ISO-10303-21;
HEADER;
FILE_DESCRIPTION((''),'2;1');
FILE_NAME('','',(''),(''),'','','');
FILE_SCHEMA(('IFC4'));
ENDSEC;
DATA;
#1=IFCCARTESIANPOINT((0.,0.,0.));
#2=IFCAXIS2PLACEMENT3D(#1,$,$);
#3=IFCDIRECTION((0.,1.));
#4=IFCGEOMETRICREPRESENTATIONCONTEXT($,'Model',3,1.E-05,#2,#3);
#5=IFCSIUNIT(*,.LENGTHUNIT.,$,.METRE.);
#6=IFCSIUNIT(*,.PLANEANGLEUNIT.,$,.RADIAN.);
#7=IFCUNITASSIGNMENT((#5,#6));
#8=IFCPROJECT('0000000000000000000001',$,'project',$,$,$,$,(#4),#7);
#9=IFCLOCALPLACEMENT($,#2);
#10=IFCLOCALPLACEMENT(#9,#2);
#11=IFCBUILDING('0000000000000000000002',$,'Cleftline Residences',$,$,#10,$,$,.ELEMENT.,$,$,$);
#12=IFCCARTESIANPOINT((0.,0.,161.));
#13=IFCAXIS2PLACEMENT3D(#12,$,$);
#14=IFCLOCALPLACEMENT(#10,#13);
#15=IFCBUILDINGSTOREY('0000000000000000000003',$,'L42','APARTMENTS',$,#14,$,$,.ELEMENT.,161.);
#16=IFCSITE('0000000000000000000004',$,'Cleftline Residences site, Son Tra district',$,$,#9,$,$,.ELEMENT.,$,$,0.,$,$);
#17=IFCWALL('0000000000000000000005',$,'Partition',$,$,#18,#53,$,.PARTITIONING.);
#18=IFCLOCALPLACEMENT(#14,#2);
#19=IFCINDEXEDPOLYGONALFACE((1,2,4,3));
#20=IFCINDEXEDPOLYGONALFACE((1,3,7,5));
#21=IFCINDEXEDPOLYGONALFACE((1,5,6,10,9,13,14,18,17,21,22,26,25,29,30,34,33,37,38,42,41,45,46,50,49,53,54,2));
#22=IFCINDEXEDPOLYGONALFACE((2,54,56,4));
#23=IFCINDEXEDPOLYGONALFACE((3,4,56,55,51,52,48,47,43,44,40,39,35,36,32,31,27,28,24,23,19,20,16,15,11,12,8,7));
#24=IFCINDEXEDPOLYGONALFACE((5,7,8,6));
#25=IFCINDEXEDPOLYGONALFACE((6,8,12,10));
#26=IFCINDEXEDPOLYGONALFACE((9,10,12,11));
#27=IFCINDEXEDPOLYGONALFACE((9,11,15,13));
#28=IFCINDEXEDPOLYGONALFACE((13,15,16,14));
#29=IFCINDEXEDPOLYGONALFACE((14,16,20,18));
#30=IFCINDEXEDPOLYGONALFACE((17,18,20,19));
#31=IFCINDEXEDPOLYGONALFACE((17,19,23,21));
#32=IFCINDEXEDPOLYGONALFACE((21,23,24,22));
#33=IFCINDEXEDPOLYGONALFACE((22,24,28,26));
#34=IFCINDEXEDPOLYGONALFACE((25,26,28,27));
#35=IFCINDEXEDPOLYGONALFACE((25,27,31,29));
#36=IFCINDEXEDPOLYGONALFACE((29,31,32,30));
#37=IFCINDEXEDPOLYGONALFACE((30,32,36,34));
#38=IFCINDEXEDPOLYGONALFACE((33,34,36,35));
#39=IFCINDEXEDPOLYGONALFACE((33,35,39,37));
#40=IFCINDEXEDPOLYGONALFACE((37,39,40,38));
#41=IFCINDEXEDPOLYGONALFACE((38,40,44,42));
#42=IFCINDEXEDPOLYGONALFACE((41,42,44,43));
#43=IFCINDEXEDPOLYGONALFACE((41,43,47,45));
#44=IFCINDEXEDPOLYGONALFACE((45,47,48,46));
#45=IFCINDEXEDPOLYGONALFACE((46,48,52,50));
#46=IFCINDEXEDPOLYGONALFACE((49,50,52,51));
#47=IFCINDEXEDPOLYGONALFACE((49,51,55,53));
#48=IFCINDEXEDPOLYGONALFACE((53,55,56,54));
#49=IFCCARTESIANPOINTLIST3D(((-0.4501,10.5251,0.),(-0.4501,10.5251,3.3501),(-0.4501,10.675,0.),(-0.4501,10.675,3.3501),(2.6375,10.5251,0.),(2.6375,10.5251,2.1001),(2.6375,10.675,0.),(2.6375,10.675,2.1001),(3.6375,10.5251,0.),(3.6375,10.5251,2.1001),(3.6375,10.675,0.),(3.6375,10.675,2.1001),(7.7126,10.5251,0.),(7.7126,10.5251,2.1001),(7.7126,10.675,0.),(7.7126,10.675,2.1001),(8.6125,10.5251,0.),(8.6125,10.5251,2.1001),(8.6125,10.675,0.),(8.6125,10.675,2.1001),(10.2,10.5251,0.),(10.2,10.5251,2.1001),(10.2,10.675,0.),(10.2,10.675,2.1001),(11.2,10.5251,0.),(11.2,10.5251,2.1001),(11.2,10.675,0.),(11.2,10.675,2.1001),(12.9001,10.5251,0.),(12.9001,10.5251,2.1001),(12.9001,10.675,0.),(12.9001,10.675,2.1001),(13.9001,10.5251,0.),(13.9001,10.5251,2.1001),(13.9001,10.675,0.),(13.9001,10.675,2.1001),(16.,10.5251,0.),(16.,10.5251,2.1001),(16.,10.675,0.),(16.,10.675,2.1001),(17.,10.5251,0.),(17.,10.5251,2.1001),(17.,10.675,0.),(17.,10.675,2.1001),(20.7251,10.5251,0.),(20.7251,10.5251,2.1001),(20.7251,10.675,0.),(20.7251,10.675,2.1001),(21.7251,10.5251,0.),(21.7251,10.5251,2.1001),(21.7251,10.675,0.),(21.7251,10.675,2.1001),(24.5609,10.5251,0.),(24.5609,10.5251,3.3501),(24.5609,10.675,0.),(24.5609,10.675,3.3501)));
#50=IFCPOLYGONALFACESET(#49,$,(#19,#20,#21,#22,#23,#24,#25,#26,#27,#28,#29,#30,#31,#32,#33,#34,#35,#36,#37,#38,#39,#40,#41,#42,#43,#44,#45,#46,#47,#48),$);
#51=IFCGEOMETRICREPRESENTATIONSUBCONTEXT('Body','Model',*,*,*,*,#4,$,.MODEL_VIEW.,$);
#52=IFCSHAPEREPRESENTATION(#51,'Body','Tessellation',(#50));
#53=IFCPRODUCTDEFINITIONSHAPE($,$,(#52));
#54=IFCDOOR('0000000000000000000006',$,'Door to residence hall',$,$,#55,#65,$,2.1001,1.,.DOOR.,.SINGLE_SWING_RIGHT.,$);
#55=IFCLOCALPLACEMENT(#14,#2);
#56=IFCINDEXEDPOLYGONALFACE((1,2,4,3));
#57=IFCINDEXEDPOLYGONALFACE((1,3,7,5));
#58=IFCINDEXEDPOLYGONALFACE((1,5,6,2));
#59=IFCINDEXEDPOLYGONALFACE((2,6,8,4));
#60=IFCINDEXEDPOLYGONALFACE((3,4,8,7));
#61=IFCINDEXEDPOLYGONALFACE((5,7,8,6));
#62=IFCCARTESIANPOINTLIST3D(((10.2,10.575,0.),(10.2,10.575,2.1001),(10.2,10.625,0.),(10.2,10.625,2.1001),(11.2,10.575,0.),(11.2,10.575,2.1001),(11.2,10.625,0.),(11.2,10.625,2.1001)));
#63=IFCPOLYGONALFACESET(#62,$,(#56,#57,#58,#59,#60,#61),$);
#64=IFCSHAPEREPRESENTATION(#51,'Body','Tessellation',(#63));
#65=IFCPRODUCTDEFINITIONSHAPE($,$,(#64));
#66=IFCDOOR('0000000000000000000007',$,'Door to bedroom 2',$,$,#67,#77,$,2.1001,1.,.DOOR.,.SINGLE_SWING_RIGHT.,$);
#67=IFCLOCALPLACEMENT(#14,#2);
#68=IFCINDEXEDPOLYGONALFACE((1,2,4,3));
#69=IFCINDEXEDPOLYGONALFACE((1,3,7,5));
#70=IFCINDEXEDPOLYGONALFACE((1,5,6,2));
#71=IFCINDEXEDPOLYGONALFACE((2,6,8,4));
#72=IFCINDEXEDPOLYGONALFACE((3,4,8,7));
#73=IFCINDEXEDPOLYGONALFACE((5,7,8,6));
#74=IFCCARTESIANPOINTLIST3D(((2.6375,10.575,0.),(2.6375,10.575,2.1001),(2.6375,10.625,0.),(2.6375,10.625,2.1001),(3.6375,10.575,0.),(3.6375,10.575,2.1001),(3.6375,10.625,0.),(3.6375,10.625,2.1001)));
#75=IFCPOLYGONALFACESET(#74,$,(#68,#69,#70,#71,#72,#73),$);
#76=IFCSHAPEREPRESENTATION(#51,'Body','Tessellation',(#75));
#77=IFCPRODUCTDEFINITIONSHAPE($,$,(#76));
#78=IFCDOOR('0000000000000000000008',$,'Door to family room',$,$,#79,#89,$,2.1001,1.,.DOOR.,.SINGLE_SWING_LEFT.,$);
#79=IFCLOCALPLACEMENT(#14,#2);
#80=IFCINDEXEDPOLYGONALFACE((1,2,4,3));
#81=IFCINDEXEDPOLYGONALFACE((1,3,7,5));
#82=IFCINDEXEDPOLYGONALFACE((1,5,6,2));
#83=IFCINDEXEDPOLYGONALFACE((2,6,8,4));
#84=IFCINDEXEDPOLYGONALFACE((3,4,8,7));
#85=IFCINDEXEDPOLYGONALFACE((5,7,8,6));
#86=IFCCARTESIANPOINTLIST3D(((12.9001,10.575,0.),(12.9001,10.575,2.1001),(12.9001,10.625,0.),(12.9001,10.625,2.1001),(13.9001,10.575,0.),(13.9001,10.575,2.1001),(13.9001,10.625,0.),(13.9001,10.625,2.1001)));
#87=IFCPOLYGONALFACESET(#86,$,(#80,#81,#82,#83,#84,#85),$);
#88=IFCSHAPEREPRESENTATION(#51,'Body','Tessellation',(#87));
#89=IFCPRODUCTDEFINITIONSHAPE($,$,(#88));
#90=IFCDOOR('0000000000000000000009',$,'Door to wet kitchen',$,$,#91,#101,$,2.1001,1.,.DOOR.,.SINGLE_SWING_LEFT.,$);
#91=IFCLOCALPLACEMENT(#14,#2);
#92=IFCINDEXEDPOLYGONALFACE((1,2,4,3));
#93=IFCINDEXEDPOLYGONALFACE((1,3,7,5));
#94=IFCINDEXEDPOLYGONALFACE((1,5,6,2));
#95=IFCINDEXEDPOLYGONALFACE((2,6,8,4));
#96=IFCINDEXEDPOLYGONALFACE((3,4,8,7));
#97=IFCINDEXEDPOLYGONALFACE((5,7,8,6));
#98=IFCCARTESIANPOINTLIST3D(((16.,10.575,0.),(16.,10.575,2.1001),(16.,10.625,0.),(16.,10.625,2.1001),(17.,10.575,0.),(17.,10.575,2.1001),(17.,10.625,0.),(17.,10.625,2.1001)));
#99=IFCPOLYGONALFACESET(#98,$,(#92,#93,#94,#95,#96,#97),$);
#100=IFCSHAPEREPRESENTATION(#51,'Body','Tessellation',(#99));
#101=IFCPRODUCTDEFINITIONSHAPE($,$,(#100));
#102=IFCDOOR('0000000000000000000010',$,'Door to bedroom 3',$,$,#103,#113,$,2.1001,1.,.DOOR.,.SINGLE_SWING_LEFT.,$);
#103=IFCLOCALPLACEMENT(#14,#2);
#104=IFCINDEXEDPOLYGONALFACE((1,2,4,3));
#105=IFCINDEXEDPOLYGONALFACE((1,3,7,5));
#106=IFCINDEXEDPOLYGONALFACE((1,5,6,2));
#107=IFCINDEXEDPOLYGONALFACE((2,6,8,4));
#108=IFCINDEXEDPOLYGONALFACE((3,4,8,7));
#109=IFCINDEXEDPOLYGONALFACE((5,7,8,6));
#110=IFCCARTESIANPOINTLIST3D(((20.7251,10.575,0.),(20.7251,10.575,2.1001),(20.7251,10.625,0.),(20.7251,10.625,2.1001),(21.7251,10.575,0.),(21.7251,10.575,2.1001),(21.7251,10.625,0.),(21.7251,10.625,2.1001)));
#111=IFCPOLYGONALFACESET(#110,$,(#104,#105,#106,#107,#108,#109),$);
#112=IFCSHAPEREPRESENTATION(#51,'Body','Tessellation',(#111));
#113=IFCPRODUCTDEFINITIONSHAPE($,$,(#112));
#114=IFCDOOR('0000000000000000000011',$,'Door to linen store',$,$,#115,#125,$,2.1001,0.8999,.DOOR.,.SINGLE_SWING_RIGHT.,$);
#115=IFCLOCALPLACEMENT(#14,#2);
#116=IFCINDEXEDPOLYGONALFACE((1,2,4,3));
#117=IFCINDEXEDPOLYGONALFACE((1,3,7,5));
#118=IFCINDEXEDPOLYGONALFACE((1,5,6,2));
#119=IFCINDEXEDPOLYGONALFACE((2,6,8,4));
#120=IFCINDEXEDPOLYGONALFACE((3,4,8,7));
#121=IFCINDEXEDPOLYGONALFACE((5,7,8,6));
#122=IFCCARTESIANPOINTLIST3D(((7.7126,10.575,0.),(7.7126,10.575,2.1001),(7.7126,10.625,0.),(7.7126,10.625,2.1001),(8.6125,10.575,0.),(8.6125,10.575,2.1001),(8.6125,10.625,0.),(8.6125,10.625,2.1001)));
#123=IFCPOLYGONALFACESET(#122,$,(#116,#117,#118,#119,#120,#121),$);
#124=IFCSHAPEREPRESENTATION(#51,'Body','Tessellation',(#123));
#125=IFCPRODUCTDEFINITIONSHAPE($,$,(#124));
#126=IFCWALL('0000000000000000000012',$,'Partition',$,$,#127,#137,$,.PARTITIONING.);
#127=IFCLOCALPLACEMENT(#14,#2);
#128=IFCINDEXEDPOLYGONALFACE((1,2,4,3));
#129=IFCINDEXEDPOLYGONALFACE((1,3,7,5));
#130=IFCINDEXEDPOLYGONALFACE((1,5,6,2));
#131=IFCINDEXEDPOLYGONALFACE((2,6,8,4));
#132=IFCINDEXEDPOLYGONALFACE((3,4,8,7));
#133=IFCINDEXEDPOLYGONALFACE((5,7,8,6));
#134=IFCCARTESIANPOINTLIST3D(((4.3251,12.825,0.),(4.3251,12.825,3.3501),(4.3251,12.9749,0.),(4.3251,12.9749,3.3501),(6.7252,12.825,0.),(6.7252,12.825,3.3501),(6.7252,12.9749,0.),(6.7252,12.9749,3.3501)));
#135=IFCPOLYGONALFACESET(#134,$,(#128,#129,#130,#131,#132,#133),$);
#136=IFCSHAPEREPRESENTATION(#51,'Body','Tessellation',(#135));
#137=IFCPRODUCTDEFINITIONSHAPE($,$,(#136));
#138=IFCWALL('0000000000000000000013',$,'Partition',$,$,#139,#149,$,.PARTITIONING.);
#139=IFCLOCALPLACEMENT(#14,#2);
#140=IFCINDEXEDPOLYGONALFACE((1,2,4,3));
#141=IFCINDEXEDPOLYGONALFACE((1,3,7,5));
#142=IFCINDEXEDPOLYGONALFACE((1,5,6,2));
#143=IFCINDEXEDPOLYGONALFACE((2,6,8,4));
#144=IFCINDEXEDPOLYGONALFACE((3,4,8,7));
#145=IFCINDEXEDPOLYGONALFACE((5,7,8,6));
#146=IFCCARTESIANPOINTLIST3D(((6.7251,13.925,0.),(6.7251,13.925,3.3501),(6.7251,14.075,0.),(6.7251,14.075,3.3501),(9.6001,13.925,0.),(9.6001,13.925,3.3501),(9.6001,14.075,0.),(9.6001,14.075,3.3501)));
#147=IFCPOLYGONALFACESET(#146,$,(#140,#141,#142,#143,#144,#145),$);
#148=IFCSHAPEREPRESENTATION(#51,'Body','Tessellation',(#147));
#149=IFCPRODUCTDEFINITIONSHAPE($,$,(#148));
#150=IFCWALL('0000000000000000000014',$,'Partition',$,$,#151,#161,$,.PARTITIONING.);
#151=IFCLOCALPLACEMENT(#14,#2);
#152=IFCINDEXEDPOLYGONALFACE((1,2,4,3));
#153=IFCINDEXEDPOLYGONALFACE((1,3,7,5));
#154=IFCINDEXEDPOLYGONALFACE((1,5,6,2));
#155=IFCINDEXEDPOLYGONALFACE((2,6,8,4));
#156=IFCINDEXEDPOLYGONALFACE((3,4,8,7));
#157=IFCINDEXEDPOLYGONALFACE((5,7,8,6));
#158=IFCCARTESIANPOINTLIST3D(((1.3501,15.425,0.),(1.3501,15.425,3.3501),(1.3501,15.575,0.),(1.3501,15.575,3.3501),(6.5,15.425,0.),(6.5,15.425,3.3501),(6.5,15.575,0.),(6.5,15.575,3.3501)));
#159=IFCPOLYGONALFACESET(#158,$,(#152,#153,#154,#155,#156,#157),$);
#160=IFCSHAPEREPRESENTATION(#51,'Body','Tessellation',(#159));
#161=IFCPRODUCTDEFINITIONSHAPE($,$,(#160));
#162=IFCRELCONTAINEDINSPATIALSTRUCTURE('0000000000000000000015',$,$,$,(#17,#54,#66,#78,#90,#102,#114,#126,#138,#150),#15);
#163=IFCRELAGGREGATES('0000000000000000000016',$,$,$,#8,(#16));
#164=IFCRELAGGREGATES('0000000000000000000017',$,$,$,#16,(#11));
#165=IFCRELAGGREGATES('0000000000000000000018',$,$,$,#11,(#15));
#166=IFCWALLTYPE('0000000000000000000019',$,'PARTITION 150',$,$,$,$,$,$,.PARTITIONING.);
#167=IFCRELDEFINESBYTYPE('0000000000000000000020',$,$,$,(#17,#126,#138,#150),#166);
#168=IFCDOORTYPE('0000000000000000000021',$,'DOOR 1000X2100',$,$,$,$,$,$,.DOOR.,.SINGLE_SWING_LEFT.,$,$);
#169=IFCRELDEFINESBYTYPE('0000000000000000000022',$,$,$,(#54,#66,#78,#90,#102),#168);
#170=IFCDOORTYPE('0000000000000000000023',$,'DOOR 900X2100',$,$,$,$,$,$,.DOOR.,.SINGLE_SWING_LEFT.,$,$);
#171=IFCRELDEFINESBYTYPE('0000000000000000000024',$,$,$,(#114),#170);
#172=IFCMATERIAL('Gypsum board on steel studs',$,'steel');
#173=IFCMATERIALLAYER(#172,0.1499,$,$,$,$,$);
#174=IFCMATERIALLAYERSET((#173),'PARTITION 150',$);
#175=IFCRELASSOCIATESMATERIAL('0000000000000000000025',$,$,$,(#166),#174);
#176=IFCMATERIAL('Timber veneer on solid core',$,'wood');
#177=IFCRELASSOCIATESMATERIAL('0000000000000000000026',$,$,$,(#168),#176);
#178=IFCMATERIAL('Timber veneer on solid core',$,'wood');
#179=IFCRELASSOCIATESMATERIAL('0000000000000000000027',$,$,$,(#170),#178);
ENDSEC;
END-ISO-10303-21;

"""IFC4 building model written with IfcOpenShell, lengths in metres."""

from ifc_helpers import new_model, si_unit, direction, frame, frame_2d, origin, place, context, subcontext, project, spatial, rectangle, extrude, material, layer, layer_set, type_object, element, fill, save


model = new_model("IFC4")

# Units and contexts
model_context = context("Model", 3, precision=1e-05, world=origin(), true_north=direction((0.0, 1.0)))
body_context = subcontext(model_context, "Body", "Model", "MODEL_VIEW")
ifc_project = project(units=[si_unit("LENGTHUNIT", "METRE"), si_unit("PLANEANGLEUNIT", "RADIAN")], contexts=[model_context])

# Site, building, storey
site_placement = place(None, origin())
site = spatial("IfcSite", under=ifc_project, at=site_placement, Name="Cleftline Residences site, Son Tra district", CompositionType="ELEMENT", RefElevation=0.0)
building_placement = place(site_placement, origin())
building = spatial("IfcBuilding", under=site, at=building_placement, Name="Cleftline Residences", CompositionType="ELEMENT")
storey_placement = place(building_placement, frame((0.0, 0.0, 161.0)))
storey = spatial("IfcBuildingStorey", under=building, at=storey_placement, Name="L42", Description="APARTMENTS", CompositionType="ELEMENT", Elevation=161.0)

# Wall, openings, doors
ifc_material_1 = material(Name="Gypsum board on steel studs", Category="steel")
ifc_layer = layer(ifc_material_1, 0.1499)
ifc_layer_set = layer_set([ifc_layer], Name="PARTITION 150")
wall_type = type_object("IfcWallType", Name="PARTITION 150", PredefinedType="PARTITIONING", material=ifc_layer_set)
wall_1_placement = place(storey_placement, frame((-0.45, 10.6001, 0.0), z_axis=(0.0, 0.0, 1.0), x_axis=(1.0, 0.0, 0.0)))
wall_1 = element("IfcWall", 1, at=wall_1_placement, inside=storey, type_object=wall_type, Name="Partition", PredefinedType="PARTITIONING", context=body_context, shape_type="SweptSolid", body=[
    extrude(rectangle(XDim=25.011, YDim=0.1499, at=frame_2d((12.5054, 0.0))), origin(), (0.0, 0.0, 1.0), 3.3501),
])
opening_1_placement = place(wall_1_placement, frame((10.6499, 0.0, 0.0)))
opening_1 = element("IfcOpeningElement", 2, at=opening_1_placement, cuts=wall_1, PredefinedType="OPENING", context=body_context, shape_type="SweptSolid", body=[
    extrude(rectangle(XDim=1.0, YDim=2.1001, at=frame_2d((0.5, 1.05))), frame((0.0, 0.085, 0.0), z_axis=(0.0, -1.0, 0.0), x_axis=(1.0, 0.0, 0.0)), (0.0, 0.0, 1.0), 0.1699),
])
opening_2_placement = place(wall_1_placement, frame((3.0874, 0.0, 0.0)))
opening_2 = element("IfcOpeningElement", 3, at=opening_2_placement, cuts=wall_1, PredefinedType="OPENING", context=body_context, shape_type="SweptSolid", body=[
    extrude(rectangle(XDim=1.0, YDim=2.1001, at=frame_2d((0.5, 1.05))), frame((0.0, 0.085, 0.0), z_axis=(0.0, -1.0, 0.0), x_axis=(1.0, 0.0, 0.0)), (0.0, 0.0, 1.0), 0.1699),
])
opening_3_placement = place(wall_1_placement, frame((8.1626, 0.0, 0.0)))
opening_3 = element("IfcOpeningElement", 4, at=opening_3_placement, cuts=wall_1, PredefinedType="OPENING", context=body_context, shape_type="SweptSolid", body=[
    extrude(rectangle(XDim=0.8999, YDim=2.1001, at=frame_2d((0.45, 1.05))), frame((0.0, 0.085, 0.0), z_axis=(0.0, -1.0, 0.0), x_axis=(1.0, 0.0, 0.0)), (0.0, 0.0, 1.0), 0.1699),
])
opening_4_placement = place(wall_1_placement, frame((13.3501, 0.0, 0.0)))
opening_4 = element("IfcOpeningElement", 5, at=opening_4_placement, cuts=wall_1, PredefinedType="OPENING", context=body_context, shape_type="SweptSolid", body=[
    extrude(rectangle(XDim=1.0, YDim=2.1001, at=frame_2d((0.5, 1.05))), frame((0.0, 0.085, 0.0), z_axis=(0.0, -1.0, 0.0), x_axis=(1.0, 0.0, 0.0)), (0.0, 0.0, 1.0), 0.1699),
])
opening_5_placement = place(wall_1_placement, frame((16.45, 0.0, 0.0)))
opening_5 = element("IfcOpeningElement", 6, at=opening_5_placement, cuts=wall_1, PredefinedType="OPENING", context=body_context, shape_type="SweptSolid", body=[
    extrude(rectangle(XDim=1.0, YDim=2.1001, at=frame_2d((0.5, 1.05))), frame((0.0, 0.085, 0.0), z_axis=(0.0, -1.0, 0.0), x_axis=(1.0, 0.0, 0.0)), (0.0, 0.0, 1.0), 0.1699),
])
opening_6_placement = place(wall_1_placement, frame((21.175, 0.0, 0.0)))
opening_6 = element("IfcOpeningElement", 7, at=opening_6_placement, cuts=wall_1, PredefinedType="OPENING", context=body_context, shape_type="SweptSolid", body=[
    extrude(rectangle(XDim=1.0, YDim=2.1001, at=frame_2d((0.5, 1.05))), frame((0.0, 0.085, 0.0), z_axis=(0.0, -1.0, 0.0), x_axis=(1.0, 0.0, 0.0)), (0.0, 0.0, 1.0), 0.1699),
])
ifc_material_2 = material(Name="Timber veneer on solid core", Category="wood")
door_type_1 = type_object("IfcDoorType", Name="DOOR 1000X2100", OperationType="SINGLE_SWING_LEFT", PredefinedType="DOOR", material=ifc_material_2)
door_1_placement = place(opening_1_placement, origin())
door_1 = element("IfcDoor", 8, at=door_1_placement, inside=storey, type_object=door_type_1, Name="Door to residence hall", OperationType="SINGLE_SWING_RIGHT", OverallHeight=2.1001, OverallWidth=1.0, PredefinedType="DOOR", context=body_context, shape_type="SweptSolid", body=[
    extrude(rectangle(XDim=1.0, YDim=2.1001, at=frame_2d((0.5, 1.05))), frame((0.0, 0.0249, 0.0), z_axis=(0.0, -1.0, 0.0), x_axis=(1.0, 0.0, 0.0)), (0.0, 0.0, 1.0), 0.05),
])
fill(opening_1, door_1)
door_2_placement = place(opening_2_placement, origin())
door_2 = element("IfcDoor", 9, at=door_2_placement, inside=storey, type_object=door_type_1, Name="Door to bedroom 2", OperationType="SINGLE_SWING_RIGHT", OverallHeight=2.1001, OverallWidth=1.0, PredefinedType="DOOR", context=body_context, shape_type="SweptSolid", body=[
    extrude(rectangle(XDim=1.0, YDim=2.1001, at=frame_2d((0.5, 1.05))), frame((0.0, 0.0249, 0.0), z_axis=(0.0, -1.0, 0.0), x_axis=(1.0, 0.0, 0.0)), (0.0, 0.0, 1.0), 0.05),
])
fill(opening_2, door_2)
door_3_placement = place(opening_4_placement, origin())
door_3 = element("IfcDoor", 10, at=door_3_placement, inside=storey, type_object=door_type_1, Name="Door to family room", OperationType="SINGLE_SWING_LEFT", OverallHeight=2.1001, OverallWidth=1.0, PredefinedType="DOOR", context=body_context, shape_type="SweptSolid", body=[
    extrude(rectangle(XDim=1.0, YDim=2.1001, at=frame_2d((0.5, 1.05))), frame((0.0, 0.0249, 0.0), z_axis=(0.0, -1.0, 0.0), x_axis=(1.0, 0.0, 0.0)), (0.0, 0.0, 1.0), 0.05),
])
fill(opening_4, door_3)
door_4_placement = place(opening_5_placement, origin())
door_4 = element("IfcDoor", 11, at=door_4_placement, inside=storey, type_object=door_type_1, Name="Door to wet kitchen", OperationType="SINGLE_SWING_LEFT", OverallHeight=2.1001, OverallWidth=1.0, PredefinedType="DOOR", context=body_context, shape_type="SweptSolid", body=[
    extrude(rectangle(XDim=1.0, YDim=2.1001, at=frame_2d((0.5, 1.05))), frame((0.0, 0.0249, 0.0), z_axis=(0.0, -1.0, 0.0), x_axis=(1.0, 0.0, 0.0)), (0.0, 0.0, 1.0), 0.05),
])
fill(opening_5, door_4)
door_5_placement = place(opening_6_placement, origin())
door_5 = element("IfcDoor", 12, at=door_5_placement, inside=storey, type_object=door_type_1, Name="Door to bedroom 3", OperationType="SINGLE_SWING_LEFT", OverallHeight=2.1001, OverallWidth=1.0, PredefinedType="DOOR", context=body_context, shape_type="SweptSolid", body=[
    extrude(rectangle(XDim=1.0, YDim=2.1001, at=frame_2d((0.5, 1.05))), frame((0.0, 0.0249, 0.0), z_axis=(0.0, -1.0, 0.0), x_axis=(1.0, 0.0, 0.0)), (0.0, 0.0, 1.0), 0.05),
])
fill(opening_6, door_5)
ifc_material_3 = material(Name="Timber veneer on solid core", Category="wood")
door_type_2 = type_object("IfcDoorType", Name="DOOR 900X2100", OperationType="SINGLE_SWING_LEFT", PredefinedType="DOOR", material=ifc_material_3)
door_6_placement = place(opening_3_placement, origin())
door_6 = element("IfcDoor", 13, at=door_6_placement, inside=storey, type_object=door_type_2, Name="Door to linen store", OperationType="SINGLE_SWING_RIGHT", OverallHeight=2.1001, OverallWidth=0.8999, PredefinedType="DOOR", context=body_context, shape_type="SweptSolid", body=[
    extrude(rectangle(XDim=0.8999, YDim=2.1001, at=frame_2d((0.45, 1.05))), frame((0.0, 0.0249, 0.0), z_axis=(0.0, -1.0, 0.0), x_axis=(1.0, 0.0, 0.0)), (0.0, 0.0, 1.0), 0.05),
])
fill(opening_3, door_6)

# Walls
wall_2_placement = place(storey_placement, frame((4.325, 12.8999, 0.0), z_axis=(0.0, 0.0, 1.0), x_axis=(1.0, 0.0, 0.0)))
element("IfcWall", 14, at=wall_2_placement, inside=storey, type_object=wall_type, Name="Partition", PredefinedType="PARTITIONING", context=body_context, shape_type="SweptSolid", body=[
    extrude(rectangle(XDim=2.4001, YDim=0.1499, at=frame_2d((1.2002, 0.0))), origin(), (0.0, 0.0, 1.0), 3.3501),
])
wall_3_placement = place(storey_placement, frame((6.7251, 14.0, 0.0), z_axis=(0.0, 0.0, 1.0), x_axis=(1.0, 0.0, 0.0)))
element("IfcWall", 15, at=wall_3_placement, inside=storey, type_object=wall_type, Name="Partition", PredefinedType="PARTITIONING", context=body_context, shape_type="SweptSolid", body=[
    extrude(rectangle(XDim=2.875, YDim=0.1499, at=frame_2d((1.4375, 0.0))), origin(), (0.0, 0.0, 1.0), 3.3501),
])
wall_4_placement = place(storey_placement, frame((1.3501, 15.5, 0.0), z_axis=(0.0, 0.0, 1.0), x_axis=(1.0, 0.0, 0.0)))
element("IfcWall", 16, at=wall_4_placement, inside=storey, type_object=wall_type, Name="Partition", PredefinedType="PARTITIONING", context=body_context, shape_type="SweptSolid", body=[
    extrude(rectangle(XDim=5.1499, YDim=0.1499, at=frame_2d((2.575, 0.0))), origin(), (0.0, 0.0, 1.0), 3.3501),
])

save(model, "model.ifc")
